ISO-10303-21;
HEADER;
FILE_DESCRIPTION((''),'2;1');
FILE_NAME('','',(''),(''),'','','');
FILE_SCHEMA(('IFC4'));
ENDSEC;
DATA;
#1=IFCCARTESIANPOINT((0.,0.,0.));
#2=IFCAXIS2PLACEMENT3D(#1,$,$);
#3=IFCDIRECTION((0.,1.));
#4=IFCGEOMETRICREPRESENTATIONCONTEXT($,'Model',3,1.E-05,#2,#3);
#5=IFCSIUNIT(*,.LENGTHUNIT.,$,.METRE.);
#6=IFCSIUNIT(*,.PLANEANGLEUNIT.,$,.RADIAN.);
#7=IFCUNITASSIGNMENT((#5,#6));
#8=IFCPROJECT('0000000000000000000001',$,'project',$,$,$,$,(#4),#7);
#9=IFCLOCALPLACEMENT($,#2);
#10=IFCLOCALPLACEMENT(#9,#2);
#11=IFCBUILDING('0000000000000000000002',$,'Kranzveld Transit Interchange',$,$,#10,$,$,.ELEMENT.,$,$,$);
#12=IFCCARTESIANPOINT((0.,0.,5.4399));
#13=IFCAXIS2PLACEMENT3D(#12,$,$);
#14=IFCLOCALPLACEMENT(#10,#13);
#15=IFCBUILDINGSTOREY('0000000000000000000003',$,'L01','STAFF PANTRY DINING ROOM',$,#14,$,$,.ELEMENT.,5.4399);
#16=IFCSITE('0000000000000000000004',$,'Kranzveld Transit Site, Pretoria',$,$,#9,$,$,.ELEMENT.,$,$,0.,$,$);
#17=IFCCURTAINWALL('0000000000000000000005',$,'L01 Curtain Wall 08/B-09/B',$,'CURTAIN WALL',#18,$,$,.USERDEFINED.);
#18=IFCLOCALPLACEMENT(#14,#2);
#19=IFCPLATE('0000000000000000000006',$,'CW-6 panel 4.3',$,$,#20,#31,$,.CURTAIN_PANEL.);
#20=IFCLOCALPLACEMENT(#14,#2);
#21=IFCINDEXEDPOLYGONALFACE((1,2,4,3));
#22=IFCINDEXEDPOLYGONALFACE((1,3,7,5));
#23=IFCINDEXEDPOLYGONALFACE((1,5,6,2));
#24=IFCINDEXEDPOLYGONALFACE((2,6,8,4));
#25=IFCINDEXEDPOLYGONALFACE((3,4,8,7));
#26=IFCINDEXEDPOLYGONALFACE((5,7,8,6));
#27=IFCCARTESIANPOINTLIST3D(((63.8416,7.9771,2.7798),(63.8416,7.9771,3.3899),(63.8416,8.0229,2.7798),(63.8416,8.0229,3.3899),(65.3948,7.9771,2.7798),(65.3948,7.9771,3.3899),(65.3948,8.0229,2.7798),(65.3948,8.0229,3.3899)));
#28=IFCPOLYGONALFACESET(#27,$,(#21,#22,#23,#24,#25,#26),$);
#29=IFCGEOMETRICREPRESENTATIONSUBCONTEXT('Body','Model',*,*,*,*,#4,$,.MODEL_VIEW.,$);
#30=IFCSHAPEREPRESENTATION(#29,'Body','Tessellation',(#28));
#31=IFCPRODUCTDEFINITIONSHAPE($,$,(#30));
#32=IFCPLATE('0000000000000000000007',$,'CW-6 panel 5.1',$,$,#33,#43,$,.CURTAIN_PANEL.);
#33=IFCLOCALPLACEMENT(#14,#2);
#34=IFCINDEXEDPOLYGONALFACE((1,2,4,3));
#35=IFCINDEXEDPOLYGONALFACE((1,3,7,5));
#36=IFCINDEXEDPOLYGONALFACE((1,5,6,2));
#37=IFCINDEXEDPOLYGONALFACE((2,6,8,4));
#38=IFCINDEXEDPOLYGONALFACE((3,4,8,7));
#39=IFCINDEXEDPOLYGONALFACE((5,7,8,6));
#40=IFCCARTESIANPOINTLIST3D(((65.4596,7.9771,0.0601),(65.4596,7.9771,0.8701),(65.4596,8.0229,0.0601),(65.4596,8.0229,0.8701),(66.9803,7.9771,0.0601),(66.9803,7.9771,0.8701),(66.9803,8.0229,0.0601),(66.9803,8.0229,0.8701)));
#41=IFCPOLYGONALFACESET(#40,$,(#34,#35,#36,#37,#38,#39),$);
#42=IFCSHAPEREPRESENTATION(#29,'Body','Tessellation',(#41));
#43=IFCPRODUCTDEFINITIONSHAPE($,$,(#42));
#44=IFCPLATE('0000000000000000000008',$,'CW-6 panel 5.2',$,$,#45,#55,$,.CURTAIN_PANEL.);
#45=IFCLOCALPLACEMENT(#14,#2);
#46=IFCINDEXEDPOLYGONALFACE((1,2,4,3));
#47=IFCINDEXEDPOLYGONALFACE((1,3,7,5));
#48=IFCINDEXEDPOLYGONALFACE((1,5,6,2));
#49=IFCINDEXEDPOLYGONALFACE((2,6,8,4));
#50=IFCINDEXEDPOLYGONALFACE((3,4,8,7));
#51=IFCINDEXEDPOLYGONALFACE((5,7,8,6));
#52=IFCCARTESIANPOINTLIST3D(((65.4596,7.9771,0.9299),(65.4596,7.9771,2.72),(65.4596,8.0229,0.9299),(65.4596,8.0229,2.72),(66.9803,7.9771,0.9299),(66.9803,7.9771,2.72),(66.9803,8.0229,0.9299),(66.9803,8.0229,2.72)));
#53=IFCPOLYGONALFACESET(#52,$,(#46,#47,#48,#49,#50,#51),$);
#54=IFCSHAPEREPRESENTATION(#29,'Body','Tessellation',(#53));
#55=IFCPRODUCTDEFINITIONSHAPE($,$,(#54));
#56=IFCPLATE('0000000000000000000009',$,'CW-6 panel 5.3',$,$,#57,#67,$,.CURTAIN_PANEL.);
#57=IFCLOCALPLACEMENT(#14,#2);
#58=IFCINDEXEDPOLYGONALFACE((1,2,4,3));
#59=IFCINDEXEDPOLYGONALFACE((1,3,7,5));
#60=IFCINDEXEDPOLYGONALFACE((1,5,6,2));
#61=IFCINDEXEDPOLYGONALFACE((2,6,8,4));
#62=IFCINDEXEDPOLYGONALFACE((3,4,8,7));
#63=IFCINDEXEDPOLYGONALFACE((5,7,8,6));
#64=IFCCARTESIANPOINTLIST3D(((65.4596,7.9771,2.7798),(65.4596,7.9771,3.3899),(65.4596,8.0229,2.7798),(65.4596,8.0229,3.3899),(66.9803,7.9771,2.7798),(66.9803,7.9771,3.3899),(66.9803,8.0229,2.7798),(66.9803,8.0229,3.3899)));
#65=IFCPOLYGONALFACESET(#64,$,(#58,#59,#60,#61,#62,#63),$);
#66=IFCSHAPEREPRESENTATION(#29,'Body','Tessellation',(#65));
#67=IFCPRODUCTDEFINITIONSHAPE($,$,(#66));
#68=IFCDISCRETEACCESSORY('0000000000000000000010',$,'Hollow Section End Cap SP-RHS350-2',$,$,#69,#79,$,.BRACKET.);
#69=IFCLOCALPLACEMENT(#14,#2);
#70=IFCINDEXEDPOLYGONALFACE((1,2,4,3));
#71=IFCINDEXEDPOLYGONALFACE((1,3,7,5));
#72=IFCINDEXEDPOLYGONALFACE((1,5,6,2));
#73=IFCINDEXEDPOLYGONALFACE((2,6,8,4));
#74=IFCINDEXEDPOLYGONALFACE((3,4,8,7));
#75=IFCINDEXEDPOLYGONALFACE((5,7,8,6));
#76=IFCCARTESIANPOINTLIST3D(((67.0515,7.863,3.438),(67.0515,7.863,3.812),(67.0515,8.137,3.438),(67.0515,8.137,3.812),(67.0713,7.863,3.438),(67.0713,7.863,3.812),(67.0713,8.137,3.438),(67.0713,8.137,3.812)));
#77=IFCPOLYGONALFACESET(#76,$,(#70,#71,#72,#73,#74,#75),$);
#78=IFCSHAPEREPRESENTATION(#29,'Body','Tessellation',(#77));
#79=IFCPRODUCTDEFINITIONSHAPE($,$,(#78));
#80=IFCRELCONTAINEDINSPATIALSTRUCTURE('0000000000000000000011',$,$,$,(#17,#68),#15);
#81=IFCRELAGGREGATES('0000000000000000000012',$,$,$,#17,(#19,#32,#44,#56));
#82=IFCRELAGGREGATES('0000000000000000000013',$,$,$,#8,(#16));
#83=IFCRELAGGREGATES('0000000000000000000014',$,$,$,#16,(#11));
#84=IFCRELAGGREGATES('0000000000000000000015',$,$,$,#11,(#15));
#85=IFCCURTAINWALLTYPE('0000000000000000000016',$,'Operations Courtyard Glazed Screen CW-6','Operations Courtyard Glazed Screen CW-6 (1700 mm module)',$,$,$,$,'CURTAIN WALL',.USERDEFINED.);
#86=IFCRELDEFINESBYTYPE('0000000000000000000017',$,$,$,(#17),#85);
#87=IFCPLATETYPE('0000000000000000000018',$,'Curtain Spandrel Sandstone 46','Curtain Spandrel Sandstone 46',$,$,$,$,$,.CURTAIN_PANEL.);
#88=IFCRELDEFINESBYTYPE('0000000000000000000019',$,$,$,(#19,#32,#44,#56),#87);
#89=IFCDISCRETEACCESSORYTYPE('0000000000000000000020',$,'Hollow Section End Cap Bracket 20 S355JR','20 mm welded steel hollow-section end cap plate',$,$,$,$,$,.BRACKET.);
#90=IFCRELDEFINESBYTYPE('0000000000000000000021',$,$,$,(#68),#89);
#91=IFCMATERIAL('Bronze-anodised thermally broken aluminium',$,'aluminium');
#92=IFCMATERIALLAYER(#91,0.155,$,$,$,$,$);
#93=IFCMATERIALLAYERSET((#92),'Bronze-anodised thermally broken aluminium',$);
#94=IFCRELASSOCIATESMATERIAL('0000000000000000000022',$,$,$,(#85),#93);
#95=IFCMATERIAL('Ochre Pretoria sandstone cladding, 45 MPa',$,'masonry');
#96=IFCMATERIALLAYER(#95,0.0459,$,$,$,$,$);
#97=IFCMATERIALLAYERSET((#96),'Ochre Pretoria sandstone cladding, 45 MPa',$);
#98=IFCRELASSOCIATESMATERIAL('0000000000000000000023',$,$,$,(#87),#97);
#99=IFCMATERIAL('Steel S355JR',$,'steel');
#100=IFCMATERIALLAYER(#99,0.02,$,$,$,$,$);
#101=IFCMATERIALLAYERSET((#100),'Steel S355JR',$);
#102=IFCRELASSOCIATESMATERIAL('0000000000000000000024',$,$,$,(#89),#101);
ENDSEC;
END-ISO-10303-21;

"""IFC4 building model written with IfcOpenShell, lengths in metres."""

from ifc_helpers import new_model, si_unit, direction, frame, origin, origin_2d, place, context, subcontext, project, spatial, rectangle, extrude, material, layer, layer_set, type_object, element, aggregate, save


model = new_model("IFC4")

# Units and contexts
model_context = context("Model", 3, precision=1e-05, world=origin(), true_north=direction((0.0, 1.0)))
body_context = subcontext(model_context, "Body", "Model", "MODEL_VIEW")
ifc_project = project(units=[si_unit("LENGTHUNIT", "METRE"), si_unit("PLANEANGLEUNIT", "RADIAN")], contexts=[model_context])

# Site, building, storey
site_placement = place(None, origin())
site = spatial("IfcSite", under=ifc_project, at=site_placement, Name="Kranzveld Transit Site, Pretoria", CompositionType="ELEMENT", RefElevation=0.0)
building_placement = place(site_placement, origin())
building = spatial("IfcBuilding", under=site, at=building_placement, Name="Kranzveld Transit Interchange", CompositionType="ELEMENT")
storey_placement = place(building_placement, frame((0.0, 0.0, 5.4399)))
storey = spatial("IfcBuildingStorey", under=building, at=storey_placement, Name="L01", Description="STAFF PANTRY DINING ROOM", CompositionType="ELEMENT", Elevation=5.4399)

# Curtain wall
ifc_material_1 = material(Name="Bronze-anodised thermally broken aluminium", Category="aluminium")
ifc_layer_1 = layer(ifc_material_1, 0.155)
ifc_layer_set_1 = layer_set([ifc_layer_1], Name="Bronze-anodised thermally broken aluminium")
curtain_wall_type = type_object("IfcCurtainWallType", Name="Operations Courtyard Glazed Screen CW-6", Description="Operations Courtyard Glazed Screen CW-6 (1700 mm module)", ElementType="CURTAIN WALL", PredefinedType="USERDEFINED", material=ifc_layer_set_1)
curtain_wall_placement = place(storey_placement, origin())
curtain_wall = element("IfcCurtainWall", 1, at=curtain_wall_placement, inside=storey, type_object=curtain_wall_type, Name="L01 Curtain Wall 08/B-09/B", ObjectType="CURTAIN WALL", PredefinedType="USERDEFINED")

# Plates
ifc_material_2 = material(Name="Ochre Pretoria sandstone cladding, 45 MPa", Category="masonry")
ifc_layer_2 = layer(ifc_material_2, 0.0459)
ifc_layer_set_2 = layer_set([ifc_layer_2], Name="Ochre Pretoria sandstone cladding, 45 MPa")
plate_type = type_object("IfcPlateType", Name="Curtain Spandrel Sandstone 46", Description="Curtain Spandrel Sandstone 46", PredefinedType="CURTAIN_PANEL", material=ifc_layer_set_2)
plate_1_placement = place(storey_placement, frame((64.6182, 8.0, 2.7798), z_axis=(0.0, 0.0, 1.0), x_axis=(1.0, 0.0, 0.0)))
plate_1 = element("IfcPlate", 2, at=plate_1_placement, type_object=plate_type, Name="CW-6 panel 4.3", PredefinedType="CURTAIN_PANEL", context=body_context, shape_type="SweptSolid", body=[
    extrude(rectangle(XDim=1.5532, YDim=0.0459, at=origin_2d()), origin(), (0.0, 0.0, 1.0), 0.6101),
])
plate_2_placement = place(storey_placement, frame((66.22, 8.0, 0.0601), z_axis=(0.0, 0.0, 1.0), x_axis=(1.0, 0.0, 0.0)))
plate_2 = element("IfcPlate", 3, at=plate_2_placement, type_object=plate_type, Name="CW-6 panel 5.1", PredefinedType="CURTAIN_PANEL", context=body_context, shape_type="SweptSolid", body=[
    extrude(rectangle(XDim=1.5208, YDim=0.0459, at=origin_2d()), origin(), (0.0, 0.0, 1.0), 0.8101),
])
plate_3_placement = place(storey_placement, frame((66.22, 8.0, 0.9299), z_axis=(0.0, 0.0, 1.0), x_axis=(1.0, 0.0, 0.0)))
plate_3 = element("IfcPlate", 4, at=plate_3_placement, type_object=plate_type, Name="CW-6 panel 5.2", PredefinedType="CURTAIN_PANEL", context=body_context, shape_type="SweptSolid", body=[
    extrude(rectangle(XDim=1.5208, YDim=0.0459, at=origin_2d()), origin(), (0.0, 0.0, 1.0), 1.79),
])
plate_4_placement = place(storey_placement, frame((66.22, 8.0, 2.7798), z_axis=(0.0, 0.0, 1.0), x_axis=(1.0, 0.0, 0.0)))
plate_4 = element("IfcPlate", 5, at=plate_4_placement, type_object=plate_type, Name="CW-6 panel 5.3", PredefinedType="CURTAIN_PANEL", context=body_context, shape_type="SweptSolid", body=[
    extrude(rectangle(XDim=1.5208, YDim=0.0459, at=origin_2d()), origin(), (0.0, 0.0, 1.0), 0.6101),
])
aggregate(curtain_wall, [plate_1, plate_2, plate_3, plate_4])

# Discrete accessory
ifc_material_3 = material(Name="Steel S355JR", Category="steel")
ifc_layer_3 = layer(ifc_material_3, 0.02)
ifc_layer_set_3 = layer_set([ifc_layer_3], Name="Steel S355JR")
discrete_accessory_type = type_object("IfcDiscreteAccessoryType", Name="Hollow Section End Cap Bracket 20 S355JR", Description="20 mm welded steel hollow-section end cap plate", PredefinedType="BRACKET", material=ifc_layer_set_3)
discrete_accessory_placement = place(storey_placement, frame((67.0515, 8.0, 3.625), z_axis=(1.0, 0.0, 0.0), x_axis=(0.0, 1.0, 0.0)))
element("IfcDiscreteAccessory", 6, at=discrete_accessory_placement, inside=storey, type_object=discrete_accessory_type, Name="Hollow Section End Cap SP-RHS350-2", PredefinedType="BRACKET", context=body_context, shape_type="SweptSolid", body=[
    extrude(rectangle(XDim=0.2739, YDim=0.374, at=origin_2d()), origin(), (0.0, 0.0, 1.0), 0.0198),
])

save(model, "model.ifc")
